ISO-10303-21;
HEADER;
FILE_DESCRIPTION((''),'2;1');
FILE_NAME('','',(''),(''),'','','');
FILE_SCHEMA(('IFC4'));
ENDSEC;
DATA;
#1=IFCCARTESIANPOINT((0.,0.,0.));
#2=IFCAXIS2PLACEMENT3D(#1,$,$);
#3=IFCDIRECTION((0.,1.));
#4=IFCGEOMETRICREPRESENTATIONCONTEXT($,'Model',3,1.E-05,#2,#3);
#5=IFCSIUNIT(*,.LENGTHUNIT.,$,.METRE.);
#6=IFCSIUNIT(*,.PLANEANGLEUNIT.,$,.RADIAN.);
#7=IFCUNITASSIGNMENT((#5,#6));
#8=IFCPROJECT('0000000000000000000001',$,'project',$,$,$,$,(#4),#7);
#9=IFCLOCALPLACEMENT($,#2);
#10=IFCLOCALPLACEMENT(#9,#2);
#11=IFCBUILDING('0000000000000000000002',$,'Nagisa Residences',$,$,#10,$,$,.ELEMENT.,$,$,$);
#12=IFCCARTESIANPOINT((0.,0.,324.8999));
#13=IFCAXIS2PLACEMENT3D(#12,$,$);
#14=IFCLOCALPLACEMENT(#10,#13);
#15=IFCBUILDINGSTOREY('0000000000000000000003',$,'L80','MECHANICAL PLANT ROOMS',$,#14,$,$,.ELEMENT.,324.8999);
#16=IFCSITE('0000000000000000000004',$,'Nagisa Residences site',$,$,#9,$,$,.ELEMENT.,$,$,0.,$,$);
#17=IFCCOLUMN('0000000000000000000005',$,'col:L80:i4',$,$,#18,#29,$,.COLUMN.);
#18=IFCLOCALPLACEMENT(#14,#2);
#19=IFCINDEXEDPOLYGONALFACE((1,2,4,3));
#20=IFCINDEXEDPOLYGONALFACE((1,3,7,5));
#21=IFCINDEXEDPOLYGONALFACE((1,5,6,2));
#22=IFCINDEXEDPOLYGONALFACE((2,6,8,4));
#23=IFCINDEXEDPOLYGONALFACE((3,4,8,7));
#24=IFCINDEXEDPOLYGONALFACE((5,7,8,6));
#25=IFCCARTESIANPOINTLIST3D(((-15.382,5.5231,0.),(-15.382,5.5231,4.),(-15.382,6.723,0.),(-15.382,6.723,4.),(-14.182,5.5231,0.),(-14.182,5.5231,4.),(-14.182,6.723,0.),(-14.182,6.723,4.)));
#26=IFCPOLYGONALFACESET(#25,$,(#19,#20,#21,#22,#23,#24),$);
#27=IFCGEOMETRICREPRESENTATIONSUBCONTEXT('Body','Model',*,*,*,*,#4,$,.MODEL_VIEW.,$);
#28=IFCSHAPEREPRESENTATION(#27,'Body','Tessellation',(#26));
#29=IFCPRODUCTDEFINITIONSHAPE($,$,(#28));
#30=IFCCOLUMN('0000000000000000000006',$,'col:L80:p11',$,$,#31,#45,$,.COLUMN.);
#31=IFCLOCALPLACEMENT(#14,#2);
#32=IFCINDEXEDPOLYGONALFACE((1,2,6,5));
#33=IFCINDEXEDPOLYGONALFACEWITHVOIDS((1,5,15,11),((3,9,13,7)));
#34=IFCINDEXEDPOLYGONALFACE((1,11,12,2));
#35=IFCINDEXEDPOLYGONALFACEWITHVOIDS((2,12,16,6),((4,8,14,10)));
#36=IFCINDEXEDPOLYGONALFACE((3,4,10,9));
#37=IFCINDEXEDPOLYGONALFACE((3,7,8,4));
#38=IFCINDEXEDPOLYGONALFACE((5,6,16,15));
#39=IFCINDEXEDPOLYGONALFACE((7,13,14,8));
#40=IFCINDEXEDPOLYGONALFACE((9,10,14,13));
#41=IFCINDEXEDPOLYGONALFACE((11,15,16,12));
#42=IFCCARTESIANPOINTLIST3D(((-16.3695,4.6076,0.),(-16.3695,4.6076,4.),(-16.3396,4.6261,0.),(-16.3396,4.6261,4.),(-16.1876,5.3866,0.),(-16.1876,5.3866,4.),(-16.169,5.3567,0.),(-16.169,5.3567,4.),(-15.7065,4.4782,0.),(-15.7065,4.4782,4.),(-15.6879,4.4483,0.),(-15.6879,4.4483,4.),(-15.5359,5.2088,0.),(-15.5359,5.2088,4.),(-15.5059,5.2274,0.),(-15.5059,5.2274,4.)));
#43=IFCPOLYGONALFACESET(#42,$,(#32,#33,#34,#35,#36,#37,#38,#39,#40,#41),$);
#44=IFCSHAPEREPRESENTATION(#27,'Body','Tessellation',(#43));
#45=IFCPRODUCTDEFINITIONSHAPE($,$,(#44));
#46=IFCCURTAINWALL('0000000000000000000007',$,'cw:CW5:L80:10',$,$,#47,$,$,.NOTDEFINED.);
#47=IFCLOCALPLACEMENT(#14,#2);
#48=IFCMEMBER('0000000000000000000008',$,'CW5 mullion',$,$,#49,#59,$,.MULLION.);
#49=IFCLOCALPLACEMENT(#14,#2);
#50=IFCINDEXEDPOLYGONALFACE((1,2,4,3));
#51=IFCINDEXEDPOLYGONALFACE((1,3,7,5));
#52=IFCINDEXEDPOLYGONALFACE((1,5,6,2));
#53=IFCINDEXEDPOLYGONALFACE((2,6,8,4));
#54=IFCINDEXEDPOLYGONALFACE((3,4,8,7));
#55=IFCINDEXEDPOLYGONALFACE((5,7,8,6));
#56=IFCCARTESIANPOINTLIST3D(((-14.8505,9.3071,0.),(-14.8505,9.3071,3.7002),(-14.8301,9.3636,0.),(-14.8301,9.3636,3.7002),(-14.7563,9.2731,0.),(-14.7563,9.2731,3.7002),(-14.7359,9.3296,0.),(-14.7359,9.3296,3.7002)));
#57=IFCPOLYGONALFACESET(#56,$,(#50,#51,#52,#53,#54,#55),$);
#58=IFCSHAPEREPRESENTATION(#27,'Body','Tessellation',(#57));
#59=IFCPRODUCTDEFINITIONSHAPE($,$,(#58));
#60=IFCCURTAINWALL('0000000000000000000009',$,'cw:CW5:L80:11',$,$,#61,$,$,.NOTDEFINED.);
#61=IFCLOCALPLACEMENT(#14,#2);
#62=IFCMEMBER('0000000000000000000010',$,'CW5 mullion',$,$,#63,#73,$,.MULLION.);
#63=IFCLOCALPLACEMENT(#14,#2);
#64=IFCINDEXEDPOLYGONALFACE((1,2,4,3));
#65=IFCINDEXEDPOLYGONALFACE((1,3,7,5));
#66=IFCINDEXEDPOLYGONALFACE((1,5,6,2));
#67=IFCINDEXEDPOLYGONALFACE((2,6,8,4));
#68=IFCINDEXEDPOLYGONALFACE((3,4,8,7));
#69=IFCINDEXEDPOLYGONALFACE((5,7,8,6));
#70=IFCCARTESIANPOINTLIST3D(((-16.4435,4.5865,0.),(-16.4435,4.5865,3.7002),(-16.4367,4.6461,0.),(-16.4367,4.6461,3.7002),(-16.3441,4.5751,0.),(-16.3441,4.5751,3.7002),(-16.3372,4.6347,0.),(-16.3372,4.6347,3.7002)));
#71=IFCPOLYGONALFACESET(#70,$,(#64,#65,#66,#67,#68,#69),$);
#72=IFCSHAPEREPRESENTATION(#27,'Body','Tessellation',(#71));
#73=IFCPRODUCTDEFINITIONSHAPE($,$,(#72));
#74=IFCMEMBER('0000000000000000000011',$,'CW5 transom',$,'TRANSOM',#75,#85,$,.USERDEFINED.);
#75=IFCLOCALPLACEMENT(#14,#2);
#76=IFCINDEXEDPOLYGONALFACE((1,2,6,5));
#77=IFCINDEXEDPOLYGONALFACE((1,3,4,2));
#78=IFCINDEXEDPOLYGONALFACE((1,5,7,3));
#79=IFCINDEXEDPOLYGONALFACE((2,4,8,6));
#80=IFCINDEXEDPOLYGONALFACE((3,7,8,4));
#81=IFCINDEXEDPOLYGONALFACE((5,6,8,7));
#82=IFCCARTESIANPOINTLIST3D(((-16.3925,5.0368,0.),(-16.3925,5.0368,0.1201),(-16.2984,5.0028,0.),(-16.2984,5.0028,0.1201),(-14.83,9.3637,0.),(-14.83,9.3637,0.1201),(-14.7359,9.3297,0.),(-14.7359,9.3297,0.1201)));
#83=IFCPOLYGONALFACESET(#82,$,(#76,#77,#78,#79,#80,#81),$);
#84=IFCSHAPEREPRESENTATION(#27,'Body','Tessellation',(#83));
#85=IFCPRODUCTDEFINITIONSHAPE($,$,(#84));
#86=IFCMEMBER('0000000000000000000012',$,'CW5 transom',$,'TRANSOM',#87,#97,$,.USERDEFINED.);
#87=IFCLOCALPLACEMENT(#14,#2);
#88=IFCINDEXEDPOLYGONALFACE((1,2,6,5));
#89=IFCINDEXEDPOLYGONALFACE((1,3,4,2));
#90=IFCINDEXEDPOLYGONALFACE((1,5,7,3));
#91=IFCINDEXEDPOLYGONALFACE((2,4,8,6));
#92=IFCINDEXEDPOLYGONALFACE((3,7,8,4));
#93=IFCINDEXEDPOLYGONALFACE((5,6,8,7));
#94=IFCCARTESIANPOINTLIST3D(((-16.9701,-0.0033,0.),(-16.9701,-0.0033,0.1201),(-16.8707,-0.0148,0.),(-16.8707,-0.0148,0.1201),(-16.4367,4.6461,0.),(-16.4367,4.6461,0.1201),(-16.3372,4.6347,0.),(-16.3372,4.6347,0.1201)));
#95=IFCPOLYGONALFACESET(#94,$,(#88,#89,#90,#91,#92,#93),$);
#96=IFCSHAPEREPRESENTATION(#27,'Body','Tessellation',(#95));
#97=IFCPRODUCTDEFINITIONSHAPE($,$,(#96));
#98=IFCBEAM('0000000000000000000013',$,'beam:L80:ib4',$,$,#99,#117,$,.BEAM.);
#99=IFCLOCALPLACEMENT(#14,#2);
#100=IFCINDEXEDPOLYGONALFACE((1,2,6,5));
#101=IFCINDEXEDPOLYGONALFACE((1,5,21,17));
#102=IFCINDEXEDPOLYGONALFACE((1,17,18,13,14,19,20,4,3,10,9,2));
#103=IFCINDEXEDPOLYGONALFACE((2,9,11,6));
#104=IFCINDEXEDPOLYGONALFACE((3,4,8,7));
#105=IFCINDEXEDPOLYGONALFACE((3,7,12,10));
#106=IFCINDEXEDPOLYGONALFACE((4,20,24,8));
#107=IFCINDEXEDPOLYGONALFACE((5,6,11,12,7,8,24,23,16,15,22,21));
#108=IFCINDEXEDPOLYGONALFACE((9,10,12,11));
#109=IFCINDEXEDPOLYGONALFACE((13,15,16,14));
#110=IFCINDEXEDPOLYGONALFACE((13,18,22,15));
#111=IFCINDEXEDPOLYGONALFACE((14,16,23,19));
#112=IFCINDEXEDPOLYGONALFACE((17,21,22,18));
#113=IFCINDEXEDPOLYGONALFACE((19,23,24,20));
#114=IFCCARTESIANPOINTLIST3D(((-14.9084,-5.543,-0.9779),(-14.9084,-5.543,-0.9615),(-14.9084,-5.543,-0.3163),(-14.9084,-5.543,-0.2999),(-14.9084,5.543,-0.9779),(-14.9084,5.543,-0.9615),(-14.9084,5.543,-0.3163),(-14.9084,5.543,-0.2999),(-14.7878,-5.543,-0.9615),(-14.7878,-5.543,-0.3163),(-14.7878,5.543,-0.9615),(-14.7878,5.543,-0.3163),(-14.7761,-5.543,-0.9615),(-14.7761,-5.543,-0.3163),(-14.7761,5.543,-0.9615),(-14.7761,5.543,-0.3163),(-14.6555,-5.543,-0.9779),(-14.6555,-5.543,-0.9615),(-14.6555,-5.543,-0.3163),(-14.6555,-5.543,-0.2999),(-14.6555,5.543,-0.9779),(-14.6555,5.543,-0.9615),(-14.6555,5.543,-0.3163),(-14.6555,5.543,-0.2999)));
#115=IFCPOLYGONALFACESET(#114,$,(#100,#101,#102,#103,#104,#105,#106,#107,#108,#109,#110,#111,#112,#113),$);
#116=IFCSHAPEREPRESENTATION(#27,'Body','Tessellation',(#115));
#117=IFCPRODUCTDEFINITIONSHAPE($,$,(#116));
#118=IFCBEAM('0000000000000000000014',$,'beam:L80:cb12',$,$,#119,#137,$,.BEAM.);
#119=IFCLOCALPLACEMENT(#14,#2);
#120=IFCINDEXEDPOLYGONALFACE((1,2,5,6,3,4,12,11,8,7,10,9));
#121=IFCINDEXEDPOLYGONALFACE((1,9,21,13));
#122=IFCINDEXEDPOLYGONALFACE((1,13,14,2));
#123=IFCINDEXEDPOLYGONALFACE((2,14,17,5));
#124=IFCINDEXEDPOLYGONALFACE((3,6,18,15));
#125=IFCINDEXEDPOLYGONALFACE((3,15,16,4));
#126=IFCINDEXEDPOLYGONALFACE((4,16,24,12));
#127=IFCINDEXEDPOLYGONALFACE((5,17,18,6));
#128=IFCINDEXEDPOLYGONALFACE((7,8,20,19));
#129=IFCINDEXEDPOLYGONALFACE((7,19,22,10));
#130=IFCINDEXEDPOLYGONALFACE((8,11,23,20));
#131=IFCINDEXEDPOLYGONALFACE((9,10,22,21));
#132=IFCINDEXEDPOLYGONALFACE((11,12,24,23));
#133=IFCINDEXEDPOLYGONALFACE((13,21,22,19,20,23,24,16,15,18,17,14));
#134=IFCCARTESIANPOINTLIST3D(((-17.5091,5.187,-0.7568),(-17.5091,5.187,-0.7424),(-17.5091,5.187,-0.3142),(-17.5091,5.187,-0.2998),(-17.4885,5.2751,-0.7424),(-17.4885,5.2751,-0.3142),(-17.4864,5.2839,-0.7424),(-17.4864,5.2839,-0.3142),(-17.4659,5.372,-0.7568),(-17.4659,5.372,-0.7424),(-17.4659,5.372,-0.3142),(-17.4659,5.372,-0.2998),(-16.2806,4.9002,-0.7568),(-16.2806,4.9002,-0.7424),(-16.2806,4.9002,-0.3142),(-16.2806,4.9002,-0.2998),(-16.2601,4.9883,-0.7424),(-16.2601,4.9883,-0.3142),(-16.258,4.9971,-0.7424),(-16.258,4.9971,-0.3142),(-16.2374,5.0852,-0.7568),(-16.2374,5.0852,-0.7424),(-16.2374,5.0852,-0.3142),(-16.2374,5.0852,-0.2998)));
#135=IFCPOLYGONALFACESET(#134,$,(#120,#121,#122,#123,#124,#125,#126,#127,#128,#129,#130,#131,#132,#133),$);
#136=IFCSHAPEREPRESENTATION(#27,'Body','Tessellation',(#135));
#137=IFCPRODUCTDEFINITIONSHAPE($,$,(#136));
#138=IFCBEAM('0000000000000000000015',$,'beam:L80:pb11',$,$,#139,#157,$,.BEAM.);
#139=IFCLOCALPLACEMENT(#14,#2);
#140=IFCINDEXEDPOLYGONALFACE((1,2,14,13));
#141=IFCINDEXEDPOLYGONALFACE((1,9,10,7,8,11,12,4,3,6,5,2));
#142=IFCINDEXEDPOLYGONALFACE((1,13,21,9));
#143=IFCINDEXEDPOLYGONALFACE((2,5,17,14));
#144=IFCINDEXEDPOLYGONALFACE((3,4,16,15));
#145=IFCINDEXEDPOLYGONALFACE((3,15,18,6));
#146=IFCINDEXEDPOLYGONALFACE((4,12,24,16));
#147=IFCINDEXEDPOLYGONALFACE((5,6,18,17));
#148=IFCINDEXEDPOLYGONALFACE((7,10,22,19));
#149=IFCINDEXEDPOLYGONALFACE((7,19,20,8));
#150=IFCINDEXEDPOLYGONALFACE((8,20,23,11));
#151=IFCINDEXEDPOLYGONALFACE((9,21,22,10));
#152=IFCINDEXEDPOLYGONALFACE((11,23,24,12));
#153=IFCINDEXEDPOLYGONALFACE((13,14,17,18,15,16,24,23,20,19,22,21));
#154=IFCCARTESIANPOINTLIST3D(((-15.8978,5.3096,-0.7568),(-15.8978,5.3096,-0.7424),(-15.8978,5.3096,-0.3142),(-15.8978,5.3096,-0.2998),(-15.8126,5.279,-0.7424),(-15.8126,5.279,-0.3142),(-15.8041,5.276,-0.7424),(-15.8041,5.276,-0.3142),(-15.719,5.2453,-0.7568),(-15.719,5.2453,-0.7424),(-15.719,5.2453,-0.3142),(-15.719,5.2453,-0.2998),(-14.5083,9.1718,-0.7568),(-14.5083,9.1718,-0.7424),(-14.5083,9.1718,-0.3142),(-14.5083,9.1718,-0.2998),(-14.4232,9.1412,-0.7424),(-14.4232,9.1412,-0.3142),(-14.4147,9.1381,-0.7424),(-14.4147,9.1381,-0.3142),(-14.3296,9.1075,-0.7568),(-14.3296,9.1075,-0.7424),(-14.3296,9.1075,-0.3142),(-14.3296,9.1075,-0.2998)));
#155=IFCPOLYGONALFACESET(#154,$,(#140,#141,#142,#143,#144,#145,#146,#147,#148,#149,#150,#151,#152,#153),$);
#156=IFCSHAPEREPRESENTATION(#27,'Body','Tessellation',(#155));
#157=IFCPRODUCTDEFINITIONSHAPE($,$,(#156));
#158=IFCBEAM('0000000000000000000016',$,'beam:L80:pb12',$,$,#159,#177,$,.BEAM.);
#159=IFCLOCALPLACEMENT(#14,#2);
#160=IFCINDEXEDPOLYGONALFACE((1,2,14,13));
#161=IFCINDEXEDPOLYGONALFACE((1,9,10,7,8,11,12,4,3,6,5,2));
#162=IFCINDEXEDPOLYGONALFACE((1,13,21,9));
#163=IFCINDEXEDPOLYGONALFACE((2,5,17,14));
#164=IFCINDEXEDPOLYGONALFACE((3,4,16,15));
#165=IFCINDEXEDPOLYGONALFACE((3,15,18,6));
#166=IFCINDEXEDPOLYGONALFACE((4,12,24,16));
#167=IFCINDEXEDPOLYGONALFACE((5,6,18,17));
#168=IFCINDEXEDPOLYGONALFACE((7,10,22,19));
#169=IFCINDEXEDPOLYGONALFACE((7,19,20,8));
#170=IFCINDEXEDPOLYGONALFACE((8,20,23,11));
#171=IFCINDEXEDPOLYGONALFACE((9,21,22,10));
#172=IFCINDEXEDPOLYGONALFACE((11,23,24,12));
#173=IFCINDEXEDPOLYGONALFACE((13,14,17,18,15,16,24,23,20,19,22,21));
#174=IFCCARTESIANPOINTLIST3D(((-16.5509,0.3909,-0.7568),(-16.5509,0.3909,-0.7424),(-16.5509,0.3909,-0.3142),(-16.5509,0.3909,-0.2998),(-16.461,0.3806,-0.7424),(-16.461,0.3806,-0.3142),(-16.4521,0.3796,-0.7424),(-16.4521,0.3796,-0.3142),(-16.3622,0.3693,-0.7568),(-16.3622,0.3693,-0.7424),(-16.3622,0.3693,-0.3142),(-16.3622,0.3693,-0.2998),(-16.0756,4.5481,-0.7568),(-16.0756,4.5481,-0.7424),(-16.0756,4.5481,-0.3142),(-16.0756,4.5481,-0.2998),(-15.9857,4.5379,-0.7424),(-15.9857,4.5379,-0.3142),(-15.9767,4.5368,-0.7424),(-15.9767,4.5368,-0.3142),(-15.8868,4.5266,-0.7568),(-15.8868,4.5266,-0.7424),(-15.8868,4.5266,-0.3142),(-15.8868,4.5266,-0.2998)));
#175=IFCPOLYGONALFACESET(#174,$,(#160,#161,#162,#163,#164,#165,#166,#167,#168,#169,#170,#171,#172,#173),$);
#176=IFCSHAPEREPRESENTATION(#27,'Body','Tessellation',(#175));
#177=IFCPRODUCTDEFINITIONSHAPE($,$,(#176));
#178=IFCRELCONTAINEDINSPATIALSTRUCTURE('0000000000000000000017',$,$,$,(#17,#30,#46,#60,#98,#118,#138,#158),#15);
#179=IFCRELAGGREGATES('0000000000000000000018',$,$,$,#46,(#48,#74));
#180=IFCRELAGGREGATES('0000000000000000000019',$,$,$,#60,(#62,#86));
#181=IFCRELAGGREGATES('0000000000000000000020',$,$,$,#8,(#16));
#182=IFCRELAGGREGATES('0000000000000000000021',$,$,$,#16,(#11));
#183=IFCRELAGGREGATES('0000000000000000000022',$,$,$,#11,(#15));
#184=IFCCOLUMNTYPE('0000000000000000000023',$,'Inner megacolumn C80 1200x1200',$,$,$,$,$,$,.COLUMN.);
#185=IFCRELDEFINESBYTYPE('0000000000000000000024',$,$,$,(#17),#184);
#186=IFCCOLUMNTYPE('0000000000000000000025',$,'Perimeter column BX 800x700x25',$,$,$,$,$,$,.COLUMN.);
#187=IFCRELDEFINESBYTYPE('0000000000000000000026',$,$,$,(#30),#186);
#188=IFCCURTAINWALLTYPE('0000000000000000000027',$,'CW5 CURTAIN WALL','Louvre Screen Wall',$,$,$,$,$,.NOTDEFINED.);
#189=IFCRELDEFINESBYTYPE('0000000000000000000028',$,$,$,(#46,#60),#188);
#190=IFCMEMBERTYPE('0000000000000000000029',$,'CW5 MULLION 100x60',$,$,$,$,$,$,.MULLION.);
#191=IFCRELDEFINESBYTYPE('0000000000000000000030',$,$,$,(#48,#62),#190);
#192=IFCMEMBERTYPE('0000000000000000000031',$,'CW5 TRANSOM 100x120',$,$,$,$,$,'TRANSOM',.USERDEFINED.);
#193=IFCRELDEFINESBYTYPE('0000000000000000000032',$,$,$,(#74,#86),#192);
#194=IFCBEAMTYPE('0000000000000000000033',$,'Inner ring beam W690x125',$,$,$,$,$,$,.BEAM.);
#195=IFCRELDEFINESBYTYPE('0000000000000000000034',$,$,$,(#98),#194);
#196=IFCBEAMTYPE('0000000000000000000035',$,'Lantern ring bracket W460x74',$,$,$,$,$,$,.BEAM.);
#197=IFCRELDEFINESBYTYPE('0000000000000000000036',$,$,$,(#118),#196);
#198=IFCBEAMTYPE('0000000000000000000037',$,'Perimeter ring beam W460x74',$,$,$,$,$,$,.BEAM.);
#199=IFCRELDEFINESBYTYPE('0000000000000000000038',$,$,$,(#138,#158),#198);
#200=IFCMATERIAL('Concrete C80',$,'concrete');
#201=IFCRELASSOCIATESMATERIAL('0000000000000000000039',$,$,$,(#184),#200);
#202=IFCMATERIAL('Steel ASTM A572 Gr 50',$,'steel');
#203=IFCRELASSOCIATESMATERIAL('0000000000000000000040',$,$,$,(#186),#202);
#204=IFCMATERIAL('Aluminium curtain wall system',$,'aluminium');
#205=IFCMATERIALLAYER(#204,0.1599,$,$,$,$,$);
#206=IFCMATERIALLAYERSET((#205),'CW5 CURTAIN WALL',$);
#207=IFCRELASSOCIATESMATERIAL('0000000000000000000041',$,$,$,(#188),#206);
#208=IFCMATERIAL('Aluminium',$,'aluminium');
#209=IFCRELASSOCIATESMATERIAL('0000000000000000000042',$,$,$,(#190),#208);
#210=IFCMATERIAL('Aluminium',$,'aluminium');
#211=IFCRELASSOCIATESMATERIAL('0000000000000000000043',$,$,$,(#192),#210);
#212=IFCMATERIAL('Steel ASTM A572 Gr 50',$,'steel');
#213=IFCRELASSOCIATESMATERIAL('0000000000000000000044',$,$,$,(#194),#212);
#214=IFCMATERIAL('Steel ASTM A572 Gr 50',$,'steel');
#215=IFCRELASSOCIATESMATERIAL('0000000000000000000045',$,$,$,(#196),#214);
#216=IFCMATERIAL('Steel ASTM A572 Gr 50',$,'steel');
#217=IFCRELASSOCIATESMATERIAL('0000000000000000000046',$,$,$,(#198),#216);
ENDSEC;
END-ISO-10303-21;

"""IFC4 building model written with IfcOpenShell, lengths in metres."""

from ifc_helpers import new_model, si_unit, direction, frame, origin, origin_2d, place, context, subcontext, project, spatial, rectangle, hollow_rectangle, i_section, extrude, material, layer, layer_set, material_profile, profile_set, type_object, element, aggregate, save


model = new_model("IFC4")

# Units and contexts
model_context = context("Model", 3, precision=1e-05, world=origin(), true_north=direction((0.0, 1.0)))
body_context = subcontext(model_context, "Body", "Model", "MODEL_VIEW")
ifc_project = project(units=[si_unit("LENGTHUNIT", "METRE"), si_unit("PLANEANGLEUNIT", "RADIAN")], contexts=[model_context])

# Site, building, storey
site_placement = place(None, origin())
site = spatial("IfcSite", under=ifc_project, at=site_placement, Name="Nagisa Residences site", CompositionType="ELEMENT", RefElevation=0.0)
building_placement = place(site_placement, origin())
building = spatial("IfcBuilding", under=site, at=building_placement, Name="Nagisa Residences", CompositionType="ELEMENT")
storey_placement = place(building_placement, frame((0.0, 0.0, 324.8999)))
storey = spatial("IfcBuildingStorey", under=building, at=storey_placement, Name="L80", Description="MECHANICAL PLANT ROOMS", CompositionType="ELEMENT", Elevation=324.8999)

# Columns
ifc_material_1 = material(Name="Concrete C80", Category="concrete")
ifc_material_profile_1 = material_profile(ifc_material_1, rectangle(XDim=1.2, YDim=1.2, at=origin_2d()), Name="C80 1200x1200")
ifc_profile_set_1 = profile_set([ifc_material_profile_1], Name="Concrete C80")
column_type_1 = type_object("IfcColumnType", Name="Inner megacolumn C80 1200x1200", PredefinedType="COLUMN", material=ifc_profile_set_1)
column_1_placement = place(storey_placement, frame((-14.782, 6.123, 0.0), z_axis=(0.0, 0.0, 1.0), x_axis=(1.0, 0.0, 0.0)))
element("IfcColumn", 1, at=column_1_placement, inside=storey, type_object=column_type_1, Name="col:L80:i4", PredefinedType="COLUMN", context=body_context, shape_type="SweptSolid", body=[
    extrude(rectangle(XDim=1.2, YDim=1.2, at=origin_2d()), origin(), (0.0, 0.0, 1.0), 4.0),
])
ifc_material_2 = material(Name="Steel ASTM A572 Gr 50", Category="steel")
ifc_material_profile_2 = material_profile(ifc_material_2, hollow_rectangle(XDim=0.8, YDim=0.7, WallThickness=0.0249, at=origin_2d()), Name="BX 800x700x25")
ifc_profile_set_2 = profile_set([ifc_material_profile_2], Name="Steel ASTM A572 Gr 50")
column_type_2 = type_object("IfcColumnType", Name="Perimeter column BX 800x700x25", PredefinedType="COLUMN", material=ifc_profile_set_2)
column_2_placement = place(storey_placement, frame((-15.9377, 4.9175, 0.0), z_axis=(0.0, 0.0, 1.0), x_axis=(-0.227473, -0.973784, 0.0)))
element("IfcColumn", 2, at=column_2_placement, inside=storey, type_object=column_type_2, Name="col:L80:p11", PredefinedType="COLUMN", context=body_context, shape_type="SweptSolid", body=[
    extrude(hollow_rectangle(XDim=0.8, YDim=0.7, WallThickness=0.0249, at=origin_2d()), origin(), (0.0, 0.0, 1.0), 4.0),
])

# Curtain walls, members
ifc_material_3 = material(Name="Aluminium curtain wall system", Category="aluminium")
ifc_layer_1 = layer(ifc_material_3, 0.1599)
ifc_layer_set_1 = layer_set([ifc_layer_1], Name="CW5 CURTAIN WALL")
curtain_wall_type = type_object("IfcCurtainWallType", Name="CW5 CURTAIN WALL", Description="Louvre Screen Wall", PredefinedType="NOTDEFINED", material=ifc_layer_set_1)
curtain_wall_1_placement = place(storey_placement, origin())
curtain_wall_1 = element("IfcCurtainWall", 3, at=curtain_wall_1_placement, inside=storey, type_object=curtain_wall_type, Name="cw:CW5:L80:10", PredefinedType="NOTDEFINED")
ifc_material_4 = material(Name="Aluminium", Category="aluminium")
ifc_material_profile_3 = material_profile(ifc_material_4, rectangle(XDim=0.1001, YDim=0.0601, at=origin_2d()), Name="CW5 MULLION 100x60")
ifc_profile_set_3 = profile_set([ifc_material_profile_3], Name="Aluminium")
member_type_1 = type_object("IfcMemberType", Name="CW5 MULLION 100x60", PredefinedType="MULLION", material=ifc_profile_set_3)
member_1_placement = place(storey_placement, frame((-14.7932, 9.3184, 0.0), z_axis=(0.0, 0.0, 1.0), x_axis=(0.940554, -0.339643, 0.0)))
member_1 = element("IfcMember", 4, at=member_1_placement, type_object=member_type_1, Name="CW5 mullion", PredefinedType="MULLION", context=body_context, shape_type="SweptSolid", body=[
    extrude(rectangle(XDim=0.1001, YDim=0.0601, at=origin_2d()), origin(), (0.0, 0.0, 1.0), 3.7002),
])
curtain_wall_2_placement = place(storey_placement, origin())
curtain_wall_2 = element("IfcCurtainWall", 5, at=curtain_wall_2_placement, inside=storey, type_object=curtain_wall_type, Name="cw:CW5:L80:11", PredefinedType="NOTDEFINED")
member_2_placement = place(storey_placement, frame((-16.3904, 4.6106, 0.0), z_axis=(0.0, 0.0, 1.0), x_axis=(0.993478, -0.114025, 0.0)))
member_2 = element("IfcMember", 6, at=member_2_placement, type_object=member_type_1, Name="CW5 mullion", PredefinedType="MULLION", context=body_context, shape_type="SweptSolid", body=[
    extrude(rectangle(XDim=0.1001, YDim=0.0601, at=origin_2d()), origin(), (0.0, 0.0, 1.0), 3.7002),
])

# Members
ifc_material_5 = material(Name="Aluminium", Category="aluminium")
ifc_material_profile_4 = material_profile(ifc_material_5, rectangle(XDim=0.1001, YDim=0.1201, at=origin_2d()), Name="CW5 TRANSOM 100x120")
ifc_profile_set_4 = profile_set([ifc_material_profile_4], Name="Aluminium")
member_type_2 = type_object("IfcMemberType", Name="CW5 TRANSOM 100x120", ElementType="TRANSOM", PredefinedType="USERDEFINED", material=ifc_profile_set_4)
member_3_placement = place(storey_placement, frame((-14.783, 9.3467, 0.0601), z_axis=(-0.339646, -0.940553, 0.0), x_axis=(0.940553, -0.339646, 0.0)))
member_3 = element("IfcMember", 7, at=member_3_placement, type_object=member_type_2, Name="CW5 transom", ObjectType="TRANSOM", PredefinedType="USERDEFINED", context=body_context, shape_type="SweptSolid", body=[
    extrude(rectangle(XDim=0.1001, YDim=0.1201, at=origin_2d()), origin(), (0.0, 0.0, 1.0), 4.6003),
])
member_4_placement = place(storey_placement, frame((-16.387, 4.6404, 0.0601), z_axis=(-0.113986, -0.993482, 0.0), x_axis=(0.993482, -0.113986, 0.0)))
member_4 = element("IfcMember", 8, at=member_4_placement, type_object=member_type_2, Name="CW5 transom", ObjectType="TRANSOM", PredefinedType="USERDEFINED", context=body_context, shape_type="SweptSolid", body=[
    extrude(rectangle(XDim=0.1001, YDim=0.1201, at=origin_2d()), origin(), (0.0, 0.0, 1.0), 4.6799),
])

# Beams
ifc_material_6 = material(Name="Steel ASTM A572 Gr 50", Category="steel")
ifc_material_profile_5 = material_profile(ifc_material_6, i_section(OverallWidth=0.2529, OverallDepth=0.678, WebThickness=0.0117, FlangeThickness=0.0164, at=origin_2d()), Name="W690x125")
ifc_profile_set_5 = profile_set([ifc_material_profile_5], Name="Steel ASTM A572 Gr 50")
beam_type_1 = type_object("IfcBeamType", Name="Inner ring beam W690x125", PredefinedType="BEAM", material=ifc_profile_set_5)
beam_1_placement = place(storey_placement, frame((-14.782, 5.543, -0.6389), z_axis=(0.0, -1.0, 0.0), x_axis=(1.0, 0.0, 0.0)))
element("IfcBeam", 9, at=beam_1_placement, inside=storey, type_object=beam_type_1, Name="beam:L80:ib4", PredefinedType="BEAM", context=body_context, shape_type="SweptSolid", body=[
    extrude(i_section(OverallWidth=0.2529, OverallDepth=0.678, WebThickness=0.0117, FlangeThickness=0.0164, at=origin_2d()), origin(), (0.0, 0.0, 1.0), 11.0859),
])
ifc_material_7 = material(Name="Steel ASTM A572 Gr 50", Category="steel")
ifc_material_profile_6 = material_profile(ifc_material_7, i_section(OverallWidth=0.1899, OverallDepth=0.457, WebThickness=0.009, FlangeThickness=0.0144, at=origin_2d()), Name="W460x74")
ifc_profile_set_6 = profile_set([ifc_material_profile_6], Name="Steel ASTM A572 Gr 50")
beam_type_2 = type_object("IfcBeamType", Name="Lantern ring bracket W460x74", PredefinedType="BEAM", material=ifc_profile_set_6)
beam_2_placement = place(storey_placement, frame((-16.259, 4.9927, -0.5283), z_axis=(-0.973804, 0.227389, 0.0), x_axis=(-0.227389, -0.973804, 0.0)))
element("IfcBeam", 10, at=beam_2_placement, inside=storey, type_object=beam_type_2, Name="beam:L80:cb12", PredefinedType="BEAM", context=body_context, shape_type="SweptSolid", body=[
    extrude(i_section(OverallWidth=0.1899, OverallDepth=0.457, WebThickness=0.009, FlangeThickness=0.0144, at=origin_2d()), origin(), (0.0, 0.0, 1.0), 1.2615),
])
ifc_material_8 = material(Name="Steel ASTM A572 Gr 50", Category="steel")
ifc_material_profile_7 = material_profile(ifc_material_8, i_section(OverallWidth=0.1899, OverallDepth=0.457, WebThickness=0.009, FlangeThickness=0.0144, at=origin_2d()), Name="W460x74")
ifc_profile_set_7 = profile_set([ifc_material_profile_7], Name="Steel ASTM A572 Gr 50")
beam_type_3 = type_object("IfcBeamType", Name="Perimeter ring beam W460x74", PredefinedType="BEAM", material=ifc_profile_set_7)
beam_3_placement = place(storey_placement, frame((-14.4189, 9.1396, -0.5283), z_axis=(-0.338517, -0.94096, 0.0), x_axis=(0.94096, -0.338517, 0.0)))
element("IfcBeam", 11, at=beam_3_placement, inside=storey, type_object=beam_type_3, Name="beam:L80:pb11", PredefinedType="BEAM", context=body_context, shape_type="SweptSolid", body=[
    extrude(i_section(OverallWidth=0.1899, OverallDepth=0.457, WebThickness=0.009, FlangeThickness=0.0144, at=origin_2d()), origin(), (0.0, 0.0, 1.0), 4.1045),
])
beam_4_placement = place(storey_placement, frame((-15.9812, 4.5374, -0.5283), z_axis=(-0.113601, -0.993526, 0.0), x_axis=(0.993526, -0.113601, 0.0)))
element("IfcBeam", 12, at=beam_4_placement, inside=storey, type_object=beam_type_3, Name="beam:L80:pb12", PredefinedType="BEAM", context=body_context, shape_type="SweptSolid", body=[
    extrude(i_section(OverallWidth=0.1899, OverallDepth=0.457, WebThickness=0.009, FlangeThickness=0.0144, at=origin_2d()), origin(), (0.0, 0.0, 1.0), 4.1843),
])

aggregate(curtain_wall_1, [member_1, member_3])
aggregate(curtain_wall_2, [member_2, member_4])

save(model, "model.ifc")
